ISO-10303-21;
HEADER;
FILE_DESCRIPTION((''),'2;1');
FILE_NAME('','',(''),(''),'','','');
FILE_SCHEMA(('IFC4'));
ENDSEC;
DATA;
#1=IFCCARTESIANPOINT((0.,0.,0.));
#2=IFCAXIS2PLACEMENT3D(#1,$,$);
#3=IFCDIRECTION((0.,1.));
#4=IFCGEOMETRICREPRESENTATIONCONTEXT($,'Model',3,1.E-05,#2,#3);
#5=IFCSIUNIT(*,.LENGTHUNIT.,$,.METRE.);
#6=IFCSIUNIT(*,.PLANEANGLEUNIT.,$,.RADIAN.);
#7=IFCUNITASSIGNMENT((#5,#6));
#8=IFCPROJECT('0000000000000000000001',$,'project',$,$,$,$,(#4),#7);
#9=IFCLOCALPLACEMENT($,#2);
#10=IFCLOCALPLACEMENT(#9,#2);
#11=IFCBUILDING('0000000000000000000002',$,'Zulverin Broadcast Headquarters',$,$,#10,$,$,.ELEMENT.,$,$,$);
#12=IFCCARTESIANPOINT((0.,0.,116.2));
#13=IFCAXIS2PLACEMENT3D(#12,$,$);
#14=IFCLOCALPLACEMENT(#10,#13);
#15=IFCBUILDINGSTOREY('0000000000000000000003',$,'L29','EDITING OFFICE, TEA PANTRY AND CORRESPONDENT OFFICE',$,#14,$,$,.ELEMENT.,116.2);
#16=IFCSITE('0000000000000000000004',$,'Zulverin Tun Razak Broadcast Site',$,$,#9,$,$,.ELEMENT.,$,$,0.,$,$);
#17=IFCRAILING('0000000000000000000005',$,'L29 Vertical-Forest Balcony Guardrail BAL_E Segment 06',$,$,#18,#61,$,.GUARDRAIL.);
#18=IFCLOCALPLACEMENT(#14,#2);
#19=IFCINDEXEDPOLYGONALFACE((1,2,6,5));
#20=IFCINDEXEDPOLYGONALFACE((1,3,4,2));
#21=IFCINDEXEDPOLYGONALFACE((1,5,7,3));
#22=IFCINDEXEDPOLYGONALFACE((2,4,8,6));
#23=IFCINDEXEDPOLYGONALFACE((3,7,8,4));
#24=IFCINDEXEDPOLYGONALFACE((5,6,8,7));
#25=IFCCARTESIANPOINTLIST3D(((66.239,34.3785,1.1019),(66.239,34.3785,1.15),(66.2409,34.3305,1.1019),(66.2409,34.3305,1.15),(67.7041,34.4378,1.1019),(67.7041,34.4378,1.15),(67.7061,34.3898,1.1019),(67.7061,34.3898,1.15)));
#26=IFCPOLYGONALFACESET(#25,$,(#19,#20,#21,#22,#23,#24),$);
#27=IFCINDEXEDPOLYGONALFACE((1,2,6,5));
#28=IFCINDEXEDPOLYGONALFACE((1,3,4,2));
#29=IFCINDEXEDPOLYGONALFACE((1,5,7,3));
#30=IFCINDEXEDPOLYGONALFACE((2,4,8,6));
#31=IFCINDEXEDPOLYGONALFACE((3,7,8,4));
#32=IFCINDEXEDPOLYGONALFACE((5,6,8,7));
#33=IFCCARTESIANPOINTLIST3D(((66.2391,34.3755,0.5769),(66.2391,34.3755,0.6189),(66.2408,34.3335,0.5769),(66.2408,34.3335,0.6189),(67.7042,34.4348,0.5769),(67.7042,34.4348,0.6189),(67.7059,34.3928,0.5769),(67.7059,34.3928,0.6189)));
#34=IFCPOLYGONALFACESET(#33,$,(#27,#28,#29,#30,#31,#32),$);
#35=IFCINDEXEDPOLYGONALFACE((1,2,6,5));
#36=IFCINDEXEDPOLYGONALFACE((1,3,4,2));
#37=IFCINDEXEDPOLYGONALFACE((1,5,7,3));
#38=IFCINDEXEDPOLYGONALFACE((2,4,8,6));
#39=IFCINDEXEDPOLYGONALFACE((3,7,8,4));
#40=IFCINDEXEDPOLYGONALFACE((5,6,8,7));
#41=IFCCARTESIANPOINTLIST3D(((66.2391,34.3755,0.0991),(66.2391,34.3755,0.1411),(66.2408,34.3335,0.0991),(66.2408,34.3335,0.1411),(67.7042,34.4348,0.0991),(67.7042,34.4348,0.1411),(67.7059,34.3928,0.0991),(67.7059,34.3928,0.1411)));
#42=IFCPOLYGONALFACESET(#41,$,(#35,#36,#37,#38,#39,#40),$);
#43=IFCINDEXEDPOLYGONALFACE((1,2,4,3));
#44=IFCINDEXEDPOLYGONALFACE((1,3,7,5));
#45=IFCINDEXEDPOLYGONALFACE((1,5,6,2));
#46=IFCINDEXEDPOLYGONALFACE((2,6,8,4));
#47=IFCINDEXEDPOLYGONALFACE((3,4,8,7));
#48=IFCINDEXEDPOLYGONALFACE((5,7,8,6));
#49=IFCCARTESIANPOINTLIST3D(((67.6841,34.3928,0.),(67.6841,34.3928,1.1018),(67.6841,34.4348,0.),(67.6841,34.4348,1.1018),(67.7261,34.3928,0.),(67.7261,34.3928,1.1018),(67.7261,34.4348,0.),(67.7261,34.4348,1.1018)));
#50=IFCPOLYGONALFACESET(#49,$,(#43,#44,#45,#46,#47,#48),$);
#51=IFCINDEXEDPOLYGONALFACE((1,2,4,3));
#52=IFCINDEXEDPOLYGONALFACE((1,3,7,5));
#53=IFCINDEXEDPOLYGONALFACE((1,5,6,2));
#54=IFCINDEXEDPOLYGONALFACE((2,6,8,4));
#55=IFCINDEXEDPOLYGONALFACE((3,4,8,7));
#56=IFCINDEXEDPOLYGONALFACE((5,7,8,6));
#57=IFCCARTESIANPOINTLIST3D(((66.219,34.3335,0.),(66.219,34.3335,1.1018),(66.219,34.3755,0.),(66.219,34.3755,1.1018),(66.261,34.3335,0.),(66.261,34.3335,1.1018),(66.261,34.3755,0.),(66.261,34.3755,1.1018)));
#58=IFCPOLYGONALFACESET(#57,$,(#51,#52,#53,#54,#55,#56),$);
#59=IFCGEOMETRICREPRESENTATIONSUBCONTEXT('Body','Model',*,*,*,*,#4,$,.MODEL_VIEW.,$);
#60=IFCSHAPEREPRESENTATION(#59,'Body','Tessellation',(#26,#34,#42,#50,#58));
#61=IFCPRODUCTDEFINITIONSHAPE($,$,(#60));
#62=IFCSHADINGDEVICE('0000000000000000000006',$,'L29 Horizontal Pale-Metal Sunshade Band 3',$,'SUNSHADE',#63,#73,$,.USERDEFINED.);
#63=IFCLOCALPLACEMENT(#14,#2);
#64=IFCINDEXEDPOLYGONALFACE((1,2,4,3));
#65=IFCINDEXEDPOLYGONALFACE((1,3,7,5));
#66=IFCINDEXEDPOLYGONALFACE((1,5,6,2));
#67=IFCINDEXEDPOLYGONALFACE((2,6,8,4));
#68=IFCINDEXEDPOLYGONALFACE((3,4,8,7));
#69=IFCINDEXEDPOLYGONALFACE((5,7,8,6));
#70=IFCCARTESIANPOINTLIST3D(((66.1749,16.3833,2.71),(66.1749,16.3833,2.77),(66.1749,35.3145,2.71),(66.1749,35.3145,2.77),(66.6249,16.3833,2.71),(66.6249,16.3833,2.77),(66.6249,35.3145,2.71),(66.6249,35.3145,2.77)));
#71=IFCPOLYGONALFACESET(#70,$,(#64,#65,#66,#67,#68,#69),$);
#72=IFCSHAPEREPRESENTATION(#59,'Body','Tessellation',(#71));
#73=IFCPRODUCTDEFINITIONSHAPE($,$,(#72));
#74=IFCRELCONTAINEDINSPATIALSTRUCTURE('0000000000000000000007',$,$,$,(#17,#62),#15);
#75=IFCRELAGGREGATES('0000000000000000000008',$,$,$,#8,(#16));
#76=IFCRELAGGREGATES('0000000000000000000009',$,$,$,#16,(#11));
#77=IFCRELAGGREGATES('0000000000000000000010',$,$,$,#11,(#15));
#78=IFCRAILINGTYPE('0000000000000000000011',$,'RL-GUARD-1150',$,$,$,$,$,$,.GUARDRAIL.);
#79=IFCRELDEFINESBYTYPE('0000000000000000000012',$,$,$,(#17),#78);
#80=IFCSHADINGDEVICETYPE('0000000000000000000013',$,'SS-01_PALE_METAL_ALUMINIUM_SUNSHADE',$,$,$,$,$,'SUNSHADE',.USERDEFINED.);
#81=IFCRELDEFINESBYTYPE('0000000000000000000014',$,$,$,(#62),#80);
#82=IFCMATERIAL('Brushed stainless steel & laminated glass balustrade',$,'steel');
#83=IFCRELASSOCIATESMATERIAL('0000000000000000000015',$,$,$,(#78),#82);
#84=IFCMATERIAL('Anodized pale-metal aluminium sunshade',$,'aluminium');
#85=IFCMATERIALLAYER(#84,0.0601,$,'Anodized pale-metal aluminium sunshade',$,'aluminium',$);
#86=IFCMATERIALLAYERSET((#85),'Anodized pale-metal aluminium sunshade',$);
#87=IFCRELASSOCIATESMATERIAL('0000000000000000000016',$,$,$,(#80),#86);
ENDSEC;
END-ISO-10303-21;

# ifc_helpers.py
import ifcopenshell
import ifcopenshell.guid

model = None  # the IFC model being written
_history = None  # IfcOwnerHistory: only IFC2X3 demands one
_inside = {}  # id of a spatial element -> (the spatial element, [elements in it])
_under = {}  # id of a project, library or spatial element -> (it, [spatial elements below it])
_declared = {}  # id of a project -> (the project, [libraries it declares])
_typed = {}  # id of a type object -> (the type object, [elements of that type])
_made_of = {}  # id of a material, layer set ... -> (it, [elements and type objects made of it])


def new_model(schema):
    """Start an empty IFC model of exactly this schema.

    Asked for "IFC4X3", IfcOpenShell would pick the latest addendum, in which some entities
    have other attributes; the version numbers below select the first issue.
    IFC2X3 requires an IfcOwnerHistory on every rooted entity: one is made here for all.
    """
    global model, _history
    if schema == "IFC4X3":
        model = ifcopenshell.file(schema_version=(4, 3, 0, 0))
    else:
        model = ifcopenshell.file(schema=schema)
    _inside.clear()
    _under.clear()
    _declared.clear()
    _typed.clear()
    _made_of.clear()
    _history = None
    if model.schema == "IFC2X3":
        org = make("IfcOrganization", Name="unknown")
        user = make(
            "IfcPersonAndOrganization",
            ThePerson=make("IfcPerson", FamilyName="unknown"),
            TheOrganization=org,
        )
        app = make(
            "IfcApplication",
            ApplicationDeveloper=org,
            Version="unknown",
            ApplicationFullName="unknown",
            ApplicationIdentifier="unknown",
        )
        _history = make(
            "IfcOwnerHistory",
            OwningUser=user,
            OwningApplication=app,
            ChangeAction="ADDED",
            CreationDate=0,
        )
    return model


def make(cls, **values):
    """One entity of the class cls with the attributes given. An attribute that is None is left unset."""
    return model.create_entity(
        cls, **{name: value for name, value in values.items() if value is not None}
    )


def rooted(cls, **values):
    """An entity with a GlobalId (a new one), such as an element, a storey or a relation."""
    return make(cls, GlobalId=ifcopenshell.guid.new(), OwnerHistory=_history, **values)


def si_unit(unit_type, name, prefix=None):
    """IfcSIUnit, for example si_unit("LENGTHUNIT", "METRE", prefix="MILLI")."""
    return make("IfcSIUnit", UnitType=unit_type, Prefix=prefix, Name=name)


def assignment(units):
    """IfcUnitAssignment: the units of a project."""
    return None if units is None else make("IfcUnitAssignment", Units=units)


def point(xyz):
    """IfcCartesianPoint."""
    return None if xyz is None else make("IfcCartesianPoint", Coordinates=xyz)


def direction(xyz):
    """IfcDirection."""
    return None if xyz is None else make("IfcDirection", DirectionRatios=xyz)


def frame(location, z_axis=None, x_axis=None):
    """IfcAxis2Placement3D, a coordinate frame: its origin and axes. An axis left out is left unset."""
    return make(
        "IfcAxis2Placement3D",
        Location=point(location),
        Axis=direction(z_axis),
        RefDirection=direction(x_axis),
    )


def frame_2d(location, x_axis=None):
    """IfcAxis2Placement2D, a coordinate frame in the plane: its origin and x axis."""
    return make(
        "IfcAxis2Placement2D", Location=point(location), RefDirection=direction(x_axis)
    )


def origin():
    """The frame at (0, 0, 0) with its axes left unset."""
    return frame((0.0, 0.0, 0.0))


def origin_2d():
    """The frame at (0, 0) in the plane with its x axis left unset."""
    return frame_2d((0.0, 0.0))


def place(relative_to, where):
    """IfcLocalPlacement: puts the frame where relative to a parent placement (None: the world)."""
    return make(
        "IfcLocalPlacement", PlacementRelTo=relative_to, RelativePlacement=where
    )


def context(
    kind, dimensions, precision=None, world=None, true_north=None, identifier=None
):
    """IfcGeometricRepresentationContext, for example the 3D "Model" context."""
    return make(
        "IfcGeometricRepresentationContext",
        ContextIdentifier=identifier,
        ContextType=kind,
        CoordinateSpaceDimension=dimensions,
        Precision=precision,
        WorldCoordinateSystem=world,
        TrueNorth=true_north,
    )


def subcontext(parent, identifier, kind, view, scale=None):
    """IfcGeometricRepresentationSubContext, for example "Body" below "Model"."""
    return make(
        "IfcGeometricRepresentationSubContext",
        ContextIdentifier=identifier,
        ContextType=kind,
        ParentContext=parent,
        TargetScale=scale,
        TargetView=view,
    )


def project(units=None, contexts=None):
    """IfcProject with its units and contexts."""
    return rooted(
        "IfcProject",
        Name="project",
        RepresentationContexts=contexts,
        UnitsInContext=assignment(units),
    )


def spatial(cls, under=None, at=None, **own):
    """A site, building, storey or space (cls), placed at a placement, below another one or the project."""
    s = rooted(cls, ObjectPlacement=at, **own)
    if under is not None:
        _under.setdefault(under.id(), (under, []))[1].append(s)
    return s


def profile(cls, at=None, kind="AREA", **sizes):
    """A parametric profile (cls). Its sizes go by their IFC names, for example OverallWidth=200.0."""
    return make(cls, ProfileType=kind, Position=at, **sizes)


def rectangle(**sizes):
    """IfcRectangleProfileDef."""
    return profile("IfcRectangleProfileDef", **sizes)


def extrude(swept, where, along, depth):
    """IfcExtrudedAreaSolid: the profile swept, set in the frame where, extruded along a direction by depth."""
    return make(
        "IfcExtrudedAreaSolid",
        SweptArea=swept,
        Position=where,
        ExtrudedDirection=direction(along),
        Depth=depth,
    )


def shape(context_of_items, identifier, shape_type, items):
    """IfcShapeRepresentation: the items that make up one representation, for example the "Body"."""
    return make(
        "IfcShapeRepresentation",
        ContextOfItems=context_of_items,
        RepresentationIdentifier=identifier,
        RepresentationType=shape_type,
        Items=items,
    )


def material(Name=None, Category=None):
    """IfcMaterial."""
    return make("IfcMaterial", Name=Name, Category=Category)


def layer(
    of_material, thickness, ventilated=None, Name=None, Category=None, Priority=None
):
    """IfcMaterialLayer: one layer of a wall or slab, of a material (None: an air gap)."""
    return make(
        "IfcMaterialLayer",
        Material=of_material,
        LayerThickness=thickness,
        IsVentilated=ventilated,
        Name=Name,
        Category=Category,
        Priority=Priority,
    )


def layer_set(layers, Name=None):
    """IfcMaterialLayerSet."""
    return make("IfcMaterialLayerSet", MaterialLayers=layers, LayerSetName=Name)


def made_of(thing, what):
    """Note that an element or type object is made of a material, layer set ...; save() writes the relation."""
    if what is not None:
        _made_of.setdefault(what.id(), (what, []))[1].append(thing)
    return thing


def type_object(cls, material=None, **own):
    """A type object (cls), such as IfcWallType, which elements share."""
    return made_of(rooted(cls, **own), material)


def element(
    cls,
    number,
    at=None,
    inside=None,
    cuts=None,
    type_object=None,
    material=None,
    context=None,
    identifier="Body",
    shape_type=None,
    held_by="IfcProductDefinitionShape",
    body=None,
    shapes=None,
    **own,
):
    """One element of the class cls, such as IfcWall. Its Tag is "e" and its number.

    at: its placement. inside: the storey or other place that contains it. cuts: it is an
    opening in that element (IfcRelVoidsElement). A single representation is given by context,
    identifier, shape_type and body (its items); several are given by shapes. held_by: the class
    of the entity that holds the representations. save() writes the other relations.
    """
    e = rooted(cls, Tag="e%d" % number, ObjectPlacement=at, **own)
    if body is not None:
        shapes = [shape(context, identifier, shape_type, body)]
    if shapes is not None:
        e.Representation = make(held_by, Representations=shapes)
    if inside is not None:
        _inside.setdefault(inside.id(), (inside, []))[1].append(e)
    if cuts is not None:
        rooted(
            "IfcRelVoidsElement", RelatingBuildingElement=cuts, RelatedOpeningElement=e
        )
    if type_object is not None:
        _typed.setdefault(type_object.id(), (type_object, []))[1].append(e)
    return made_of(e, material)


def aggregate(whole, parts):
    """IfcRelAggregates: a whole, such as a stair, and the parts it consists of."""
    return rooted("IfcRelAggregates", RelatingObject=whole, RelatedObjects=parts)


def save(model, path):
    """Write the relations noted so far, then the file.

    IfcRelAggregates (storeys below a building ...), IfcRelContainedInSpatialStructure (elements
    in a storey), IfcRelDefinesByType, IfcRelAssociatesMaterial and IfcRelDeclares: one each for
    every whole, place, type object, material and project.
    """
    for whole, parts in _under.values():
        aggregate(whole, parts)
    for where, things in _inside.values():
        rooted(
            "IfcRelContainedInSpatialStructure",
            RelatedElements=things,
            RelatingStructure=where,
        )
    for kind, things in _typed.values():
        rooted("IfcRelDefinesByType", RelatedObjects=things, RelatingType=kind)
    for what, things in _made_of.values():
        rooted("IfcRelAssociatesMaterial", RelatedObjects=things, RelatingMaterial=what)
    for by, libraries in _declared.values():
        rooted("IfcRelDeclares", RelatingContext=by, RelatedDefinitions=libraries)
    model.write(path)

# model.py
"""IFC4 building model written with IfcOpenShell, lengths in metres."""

from ifc_helpers import new_model, si_unit, direction, frame, origin, origin_2d, place, context, subcontext, project, spatial, rectangle, extrude, material, layer, layer_set, type_object, element, save


model = new_model("IFC4")

# Units and contexts
model_context = context("Model", 3, precision=1e-05, world=origin(), true_north=direction((0.0, 1.0)))
body_context = subcontext(model_context, "Body", "Model", "MODEL_VIEW")
ifc_project = project(units=[si_unit("LENGTHUNIT", "METRE"), si_unit("PLANEANGLEUNIT", "RADIAN")], contexts=[model_context])

# Site, building, storey
site_placement = place(None, origin())
site = spatial("IfcSite", under=ifc_project, at=site_placement, Name="Zulverin Tun Razak Broadcast Site", CompositionType="ELEMENT", RefElevation=0.0)
building_placement = place(site_placement, origin())
building = spatial("IfcBuilding", under=site, at=building_placement, Name="Zulverin Broadcast Headquarters", CompositionType="ELEMENT")
storey_placement = place(building_placement, frame((0.0, 0.0, 116.2)))
storey = spatial("IfcBuildingStorey", under=building, at=storey_placement, Name="L29", Description="EDITING OFFICE, TEA PANTRY AND CORRESPONDENT OFFICE", CompositionType="ELEMENT", Elevation=116.2)

# Railing
ifc_material_1 = material(Name="Brushed stainless steel & laminated glass balustrade", Category="steel")
railing_type = type_object("IfcRailingType", Name="RL-GUARD-1150", PredefinedType="GUARDRAIL", material=ifc_material_1)
railing_1_placement = place(storey_placement, frame((67.7051, 34.4138, 0.0)))
element("IfcRailing", 1, at=railing_1_placement, inside=storey, type_object=railing_type, Name="L29 Vertical-Forest Balcony Guardrail BAL_E Segment 06", PredefinedType="GUARDRAIL", context=body_context, shape_type="SweptSolid", body=[
    extrude(rectangle(XDim=0.0481, YDim=0.0481, at=origin_2d()), frame((0.0, 0.0, 1.126), z_axis=(-0.999181, -0.04046, 0.0), x_axis=(0.04046, -0.999181, 0.0)), (0.0, 0.0, 1.0), 1.4663),
    extrude(rectangle(XDim=0.042, YDim=0.042, at=origin_2d()), frame((0.0, 0.0, 0.5979), z_axis=(-0.999181, -0.04046, 0.0), x_axis=(0.04046, -0.999181, 0.0)), (0.0, 0.0, 1.0), 1.4663),
    extrude(rectangle(XDim=0.042, YDim=0.042, at=origin_2d()), frame((0.0, 0.0, 0.1201), z_axis=(-0.999181, -0.04046, 0.0), x_axis=(0.04046, -0.999181, 0.0)), (0.0, 0.0, 1.0), 1.4663),
    extrude(rectangle(XDim=0.042, YDim=0.042, at=origin_2d()), origin(), (0.0, 0.0, 1.0), 1.1018),
    extrude(rectangle(XDim=0.042, YDim=0.042, at=origin_2d()), frame((-1.4651, -0.0593, 0.0)), (0.0, 0.0, 1.0), 1.1018),
])

# Shading device
ifc_material_2 = material(Name="Anodized pale-metal aluminium sunshade", Category="aluminium")
ifc_layer_1 = layer(ifc_material_2, 0.0601, Name="Anodized pale-metal aluminium sunshade", Category="aluminium")
ifc_layer_set_1 = layer_set([ifc_layer_1], Name="Anodized pale-metal aluminium sunshade")
shading_device_type = type_object("IfcShadingDeviceType", Name="SS-01_PALE_METAL_ALUMINIUM_SUNSHADE", ElementType="SUNSHADE", PredefinedType="USERDEFINED", material=ifc_layer_set_1)
shading_device_placement = place(storey_placement, frame((66.3999, 25.8489, 2.71), z_axis=(0.0, 0.0, 1.0), x_axis=(0.0, 1.0, 0.0)))
element("IfcShadingDevice", 2, at=shading_device_placement, inside=storey, type_object=shading_device_type, Name="L29 Horizontal Pale-Metal Sunshade Band 3", ObjectType="SUNSHADE", PredefinedType="USERDEFINED", context=body_context, shape_type="SweptSolid", body=[
    extrude(rectangle(XDim=18.9312, YDim=0.45, at=origin_2d()), origin(), (0.0, 0.0, 1.0), 0.0601),
])

save(model, "model.ifc")
